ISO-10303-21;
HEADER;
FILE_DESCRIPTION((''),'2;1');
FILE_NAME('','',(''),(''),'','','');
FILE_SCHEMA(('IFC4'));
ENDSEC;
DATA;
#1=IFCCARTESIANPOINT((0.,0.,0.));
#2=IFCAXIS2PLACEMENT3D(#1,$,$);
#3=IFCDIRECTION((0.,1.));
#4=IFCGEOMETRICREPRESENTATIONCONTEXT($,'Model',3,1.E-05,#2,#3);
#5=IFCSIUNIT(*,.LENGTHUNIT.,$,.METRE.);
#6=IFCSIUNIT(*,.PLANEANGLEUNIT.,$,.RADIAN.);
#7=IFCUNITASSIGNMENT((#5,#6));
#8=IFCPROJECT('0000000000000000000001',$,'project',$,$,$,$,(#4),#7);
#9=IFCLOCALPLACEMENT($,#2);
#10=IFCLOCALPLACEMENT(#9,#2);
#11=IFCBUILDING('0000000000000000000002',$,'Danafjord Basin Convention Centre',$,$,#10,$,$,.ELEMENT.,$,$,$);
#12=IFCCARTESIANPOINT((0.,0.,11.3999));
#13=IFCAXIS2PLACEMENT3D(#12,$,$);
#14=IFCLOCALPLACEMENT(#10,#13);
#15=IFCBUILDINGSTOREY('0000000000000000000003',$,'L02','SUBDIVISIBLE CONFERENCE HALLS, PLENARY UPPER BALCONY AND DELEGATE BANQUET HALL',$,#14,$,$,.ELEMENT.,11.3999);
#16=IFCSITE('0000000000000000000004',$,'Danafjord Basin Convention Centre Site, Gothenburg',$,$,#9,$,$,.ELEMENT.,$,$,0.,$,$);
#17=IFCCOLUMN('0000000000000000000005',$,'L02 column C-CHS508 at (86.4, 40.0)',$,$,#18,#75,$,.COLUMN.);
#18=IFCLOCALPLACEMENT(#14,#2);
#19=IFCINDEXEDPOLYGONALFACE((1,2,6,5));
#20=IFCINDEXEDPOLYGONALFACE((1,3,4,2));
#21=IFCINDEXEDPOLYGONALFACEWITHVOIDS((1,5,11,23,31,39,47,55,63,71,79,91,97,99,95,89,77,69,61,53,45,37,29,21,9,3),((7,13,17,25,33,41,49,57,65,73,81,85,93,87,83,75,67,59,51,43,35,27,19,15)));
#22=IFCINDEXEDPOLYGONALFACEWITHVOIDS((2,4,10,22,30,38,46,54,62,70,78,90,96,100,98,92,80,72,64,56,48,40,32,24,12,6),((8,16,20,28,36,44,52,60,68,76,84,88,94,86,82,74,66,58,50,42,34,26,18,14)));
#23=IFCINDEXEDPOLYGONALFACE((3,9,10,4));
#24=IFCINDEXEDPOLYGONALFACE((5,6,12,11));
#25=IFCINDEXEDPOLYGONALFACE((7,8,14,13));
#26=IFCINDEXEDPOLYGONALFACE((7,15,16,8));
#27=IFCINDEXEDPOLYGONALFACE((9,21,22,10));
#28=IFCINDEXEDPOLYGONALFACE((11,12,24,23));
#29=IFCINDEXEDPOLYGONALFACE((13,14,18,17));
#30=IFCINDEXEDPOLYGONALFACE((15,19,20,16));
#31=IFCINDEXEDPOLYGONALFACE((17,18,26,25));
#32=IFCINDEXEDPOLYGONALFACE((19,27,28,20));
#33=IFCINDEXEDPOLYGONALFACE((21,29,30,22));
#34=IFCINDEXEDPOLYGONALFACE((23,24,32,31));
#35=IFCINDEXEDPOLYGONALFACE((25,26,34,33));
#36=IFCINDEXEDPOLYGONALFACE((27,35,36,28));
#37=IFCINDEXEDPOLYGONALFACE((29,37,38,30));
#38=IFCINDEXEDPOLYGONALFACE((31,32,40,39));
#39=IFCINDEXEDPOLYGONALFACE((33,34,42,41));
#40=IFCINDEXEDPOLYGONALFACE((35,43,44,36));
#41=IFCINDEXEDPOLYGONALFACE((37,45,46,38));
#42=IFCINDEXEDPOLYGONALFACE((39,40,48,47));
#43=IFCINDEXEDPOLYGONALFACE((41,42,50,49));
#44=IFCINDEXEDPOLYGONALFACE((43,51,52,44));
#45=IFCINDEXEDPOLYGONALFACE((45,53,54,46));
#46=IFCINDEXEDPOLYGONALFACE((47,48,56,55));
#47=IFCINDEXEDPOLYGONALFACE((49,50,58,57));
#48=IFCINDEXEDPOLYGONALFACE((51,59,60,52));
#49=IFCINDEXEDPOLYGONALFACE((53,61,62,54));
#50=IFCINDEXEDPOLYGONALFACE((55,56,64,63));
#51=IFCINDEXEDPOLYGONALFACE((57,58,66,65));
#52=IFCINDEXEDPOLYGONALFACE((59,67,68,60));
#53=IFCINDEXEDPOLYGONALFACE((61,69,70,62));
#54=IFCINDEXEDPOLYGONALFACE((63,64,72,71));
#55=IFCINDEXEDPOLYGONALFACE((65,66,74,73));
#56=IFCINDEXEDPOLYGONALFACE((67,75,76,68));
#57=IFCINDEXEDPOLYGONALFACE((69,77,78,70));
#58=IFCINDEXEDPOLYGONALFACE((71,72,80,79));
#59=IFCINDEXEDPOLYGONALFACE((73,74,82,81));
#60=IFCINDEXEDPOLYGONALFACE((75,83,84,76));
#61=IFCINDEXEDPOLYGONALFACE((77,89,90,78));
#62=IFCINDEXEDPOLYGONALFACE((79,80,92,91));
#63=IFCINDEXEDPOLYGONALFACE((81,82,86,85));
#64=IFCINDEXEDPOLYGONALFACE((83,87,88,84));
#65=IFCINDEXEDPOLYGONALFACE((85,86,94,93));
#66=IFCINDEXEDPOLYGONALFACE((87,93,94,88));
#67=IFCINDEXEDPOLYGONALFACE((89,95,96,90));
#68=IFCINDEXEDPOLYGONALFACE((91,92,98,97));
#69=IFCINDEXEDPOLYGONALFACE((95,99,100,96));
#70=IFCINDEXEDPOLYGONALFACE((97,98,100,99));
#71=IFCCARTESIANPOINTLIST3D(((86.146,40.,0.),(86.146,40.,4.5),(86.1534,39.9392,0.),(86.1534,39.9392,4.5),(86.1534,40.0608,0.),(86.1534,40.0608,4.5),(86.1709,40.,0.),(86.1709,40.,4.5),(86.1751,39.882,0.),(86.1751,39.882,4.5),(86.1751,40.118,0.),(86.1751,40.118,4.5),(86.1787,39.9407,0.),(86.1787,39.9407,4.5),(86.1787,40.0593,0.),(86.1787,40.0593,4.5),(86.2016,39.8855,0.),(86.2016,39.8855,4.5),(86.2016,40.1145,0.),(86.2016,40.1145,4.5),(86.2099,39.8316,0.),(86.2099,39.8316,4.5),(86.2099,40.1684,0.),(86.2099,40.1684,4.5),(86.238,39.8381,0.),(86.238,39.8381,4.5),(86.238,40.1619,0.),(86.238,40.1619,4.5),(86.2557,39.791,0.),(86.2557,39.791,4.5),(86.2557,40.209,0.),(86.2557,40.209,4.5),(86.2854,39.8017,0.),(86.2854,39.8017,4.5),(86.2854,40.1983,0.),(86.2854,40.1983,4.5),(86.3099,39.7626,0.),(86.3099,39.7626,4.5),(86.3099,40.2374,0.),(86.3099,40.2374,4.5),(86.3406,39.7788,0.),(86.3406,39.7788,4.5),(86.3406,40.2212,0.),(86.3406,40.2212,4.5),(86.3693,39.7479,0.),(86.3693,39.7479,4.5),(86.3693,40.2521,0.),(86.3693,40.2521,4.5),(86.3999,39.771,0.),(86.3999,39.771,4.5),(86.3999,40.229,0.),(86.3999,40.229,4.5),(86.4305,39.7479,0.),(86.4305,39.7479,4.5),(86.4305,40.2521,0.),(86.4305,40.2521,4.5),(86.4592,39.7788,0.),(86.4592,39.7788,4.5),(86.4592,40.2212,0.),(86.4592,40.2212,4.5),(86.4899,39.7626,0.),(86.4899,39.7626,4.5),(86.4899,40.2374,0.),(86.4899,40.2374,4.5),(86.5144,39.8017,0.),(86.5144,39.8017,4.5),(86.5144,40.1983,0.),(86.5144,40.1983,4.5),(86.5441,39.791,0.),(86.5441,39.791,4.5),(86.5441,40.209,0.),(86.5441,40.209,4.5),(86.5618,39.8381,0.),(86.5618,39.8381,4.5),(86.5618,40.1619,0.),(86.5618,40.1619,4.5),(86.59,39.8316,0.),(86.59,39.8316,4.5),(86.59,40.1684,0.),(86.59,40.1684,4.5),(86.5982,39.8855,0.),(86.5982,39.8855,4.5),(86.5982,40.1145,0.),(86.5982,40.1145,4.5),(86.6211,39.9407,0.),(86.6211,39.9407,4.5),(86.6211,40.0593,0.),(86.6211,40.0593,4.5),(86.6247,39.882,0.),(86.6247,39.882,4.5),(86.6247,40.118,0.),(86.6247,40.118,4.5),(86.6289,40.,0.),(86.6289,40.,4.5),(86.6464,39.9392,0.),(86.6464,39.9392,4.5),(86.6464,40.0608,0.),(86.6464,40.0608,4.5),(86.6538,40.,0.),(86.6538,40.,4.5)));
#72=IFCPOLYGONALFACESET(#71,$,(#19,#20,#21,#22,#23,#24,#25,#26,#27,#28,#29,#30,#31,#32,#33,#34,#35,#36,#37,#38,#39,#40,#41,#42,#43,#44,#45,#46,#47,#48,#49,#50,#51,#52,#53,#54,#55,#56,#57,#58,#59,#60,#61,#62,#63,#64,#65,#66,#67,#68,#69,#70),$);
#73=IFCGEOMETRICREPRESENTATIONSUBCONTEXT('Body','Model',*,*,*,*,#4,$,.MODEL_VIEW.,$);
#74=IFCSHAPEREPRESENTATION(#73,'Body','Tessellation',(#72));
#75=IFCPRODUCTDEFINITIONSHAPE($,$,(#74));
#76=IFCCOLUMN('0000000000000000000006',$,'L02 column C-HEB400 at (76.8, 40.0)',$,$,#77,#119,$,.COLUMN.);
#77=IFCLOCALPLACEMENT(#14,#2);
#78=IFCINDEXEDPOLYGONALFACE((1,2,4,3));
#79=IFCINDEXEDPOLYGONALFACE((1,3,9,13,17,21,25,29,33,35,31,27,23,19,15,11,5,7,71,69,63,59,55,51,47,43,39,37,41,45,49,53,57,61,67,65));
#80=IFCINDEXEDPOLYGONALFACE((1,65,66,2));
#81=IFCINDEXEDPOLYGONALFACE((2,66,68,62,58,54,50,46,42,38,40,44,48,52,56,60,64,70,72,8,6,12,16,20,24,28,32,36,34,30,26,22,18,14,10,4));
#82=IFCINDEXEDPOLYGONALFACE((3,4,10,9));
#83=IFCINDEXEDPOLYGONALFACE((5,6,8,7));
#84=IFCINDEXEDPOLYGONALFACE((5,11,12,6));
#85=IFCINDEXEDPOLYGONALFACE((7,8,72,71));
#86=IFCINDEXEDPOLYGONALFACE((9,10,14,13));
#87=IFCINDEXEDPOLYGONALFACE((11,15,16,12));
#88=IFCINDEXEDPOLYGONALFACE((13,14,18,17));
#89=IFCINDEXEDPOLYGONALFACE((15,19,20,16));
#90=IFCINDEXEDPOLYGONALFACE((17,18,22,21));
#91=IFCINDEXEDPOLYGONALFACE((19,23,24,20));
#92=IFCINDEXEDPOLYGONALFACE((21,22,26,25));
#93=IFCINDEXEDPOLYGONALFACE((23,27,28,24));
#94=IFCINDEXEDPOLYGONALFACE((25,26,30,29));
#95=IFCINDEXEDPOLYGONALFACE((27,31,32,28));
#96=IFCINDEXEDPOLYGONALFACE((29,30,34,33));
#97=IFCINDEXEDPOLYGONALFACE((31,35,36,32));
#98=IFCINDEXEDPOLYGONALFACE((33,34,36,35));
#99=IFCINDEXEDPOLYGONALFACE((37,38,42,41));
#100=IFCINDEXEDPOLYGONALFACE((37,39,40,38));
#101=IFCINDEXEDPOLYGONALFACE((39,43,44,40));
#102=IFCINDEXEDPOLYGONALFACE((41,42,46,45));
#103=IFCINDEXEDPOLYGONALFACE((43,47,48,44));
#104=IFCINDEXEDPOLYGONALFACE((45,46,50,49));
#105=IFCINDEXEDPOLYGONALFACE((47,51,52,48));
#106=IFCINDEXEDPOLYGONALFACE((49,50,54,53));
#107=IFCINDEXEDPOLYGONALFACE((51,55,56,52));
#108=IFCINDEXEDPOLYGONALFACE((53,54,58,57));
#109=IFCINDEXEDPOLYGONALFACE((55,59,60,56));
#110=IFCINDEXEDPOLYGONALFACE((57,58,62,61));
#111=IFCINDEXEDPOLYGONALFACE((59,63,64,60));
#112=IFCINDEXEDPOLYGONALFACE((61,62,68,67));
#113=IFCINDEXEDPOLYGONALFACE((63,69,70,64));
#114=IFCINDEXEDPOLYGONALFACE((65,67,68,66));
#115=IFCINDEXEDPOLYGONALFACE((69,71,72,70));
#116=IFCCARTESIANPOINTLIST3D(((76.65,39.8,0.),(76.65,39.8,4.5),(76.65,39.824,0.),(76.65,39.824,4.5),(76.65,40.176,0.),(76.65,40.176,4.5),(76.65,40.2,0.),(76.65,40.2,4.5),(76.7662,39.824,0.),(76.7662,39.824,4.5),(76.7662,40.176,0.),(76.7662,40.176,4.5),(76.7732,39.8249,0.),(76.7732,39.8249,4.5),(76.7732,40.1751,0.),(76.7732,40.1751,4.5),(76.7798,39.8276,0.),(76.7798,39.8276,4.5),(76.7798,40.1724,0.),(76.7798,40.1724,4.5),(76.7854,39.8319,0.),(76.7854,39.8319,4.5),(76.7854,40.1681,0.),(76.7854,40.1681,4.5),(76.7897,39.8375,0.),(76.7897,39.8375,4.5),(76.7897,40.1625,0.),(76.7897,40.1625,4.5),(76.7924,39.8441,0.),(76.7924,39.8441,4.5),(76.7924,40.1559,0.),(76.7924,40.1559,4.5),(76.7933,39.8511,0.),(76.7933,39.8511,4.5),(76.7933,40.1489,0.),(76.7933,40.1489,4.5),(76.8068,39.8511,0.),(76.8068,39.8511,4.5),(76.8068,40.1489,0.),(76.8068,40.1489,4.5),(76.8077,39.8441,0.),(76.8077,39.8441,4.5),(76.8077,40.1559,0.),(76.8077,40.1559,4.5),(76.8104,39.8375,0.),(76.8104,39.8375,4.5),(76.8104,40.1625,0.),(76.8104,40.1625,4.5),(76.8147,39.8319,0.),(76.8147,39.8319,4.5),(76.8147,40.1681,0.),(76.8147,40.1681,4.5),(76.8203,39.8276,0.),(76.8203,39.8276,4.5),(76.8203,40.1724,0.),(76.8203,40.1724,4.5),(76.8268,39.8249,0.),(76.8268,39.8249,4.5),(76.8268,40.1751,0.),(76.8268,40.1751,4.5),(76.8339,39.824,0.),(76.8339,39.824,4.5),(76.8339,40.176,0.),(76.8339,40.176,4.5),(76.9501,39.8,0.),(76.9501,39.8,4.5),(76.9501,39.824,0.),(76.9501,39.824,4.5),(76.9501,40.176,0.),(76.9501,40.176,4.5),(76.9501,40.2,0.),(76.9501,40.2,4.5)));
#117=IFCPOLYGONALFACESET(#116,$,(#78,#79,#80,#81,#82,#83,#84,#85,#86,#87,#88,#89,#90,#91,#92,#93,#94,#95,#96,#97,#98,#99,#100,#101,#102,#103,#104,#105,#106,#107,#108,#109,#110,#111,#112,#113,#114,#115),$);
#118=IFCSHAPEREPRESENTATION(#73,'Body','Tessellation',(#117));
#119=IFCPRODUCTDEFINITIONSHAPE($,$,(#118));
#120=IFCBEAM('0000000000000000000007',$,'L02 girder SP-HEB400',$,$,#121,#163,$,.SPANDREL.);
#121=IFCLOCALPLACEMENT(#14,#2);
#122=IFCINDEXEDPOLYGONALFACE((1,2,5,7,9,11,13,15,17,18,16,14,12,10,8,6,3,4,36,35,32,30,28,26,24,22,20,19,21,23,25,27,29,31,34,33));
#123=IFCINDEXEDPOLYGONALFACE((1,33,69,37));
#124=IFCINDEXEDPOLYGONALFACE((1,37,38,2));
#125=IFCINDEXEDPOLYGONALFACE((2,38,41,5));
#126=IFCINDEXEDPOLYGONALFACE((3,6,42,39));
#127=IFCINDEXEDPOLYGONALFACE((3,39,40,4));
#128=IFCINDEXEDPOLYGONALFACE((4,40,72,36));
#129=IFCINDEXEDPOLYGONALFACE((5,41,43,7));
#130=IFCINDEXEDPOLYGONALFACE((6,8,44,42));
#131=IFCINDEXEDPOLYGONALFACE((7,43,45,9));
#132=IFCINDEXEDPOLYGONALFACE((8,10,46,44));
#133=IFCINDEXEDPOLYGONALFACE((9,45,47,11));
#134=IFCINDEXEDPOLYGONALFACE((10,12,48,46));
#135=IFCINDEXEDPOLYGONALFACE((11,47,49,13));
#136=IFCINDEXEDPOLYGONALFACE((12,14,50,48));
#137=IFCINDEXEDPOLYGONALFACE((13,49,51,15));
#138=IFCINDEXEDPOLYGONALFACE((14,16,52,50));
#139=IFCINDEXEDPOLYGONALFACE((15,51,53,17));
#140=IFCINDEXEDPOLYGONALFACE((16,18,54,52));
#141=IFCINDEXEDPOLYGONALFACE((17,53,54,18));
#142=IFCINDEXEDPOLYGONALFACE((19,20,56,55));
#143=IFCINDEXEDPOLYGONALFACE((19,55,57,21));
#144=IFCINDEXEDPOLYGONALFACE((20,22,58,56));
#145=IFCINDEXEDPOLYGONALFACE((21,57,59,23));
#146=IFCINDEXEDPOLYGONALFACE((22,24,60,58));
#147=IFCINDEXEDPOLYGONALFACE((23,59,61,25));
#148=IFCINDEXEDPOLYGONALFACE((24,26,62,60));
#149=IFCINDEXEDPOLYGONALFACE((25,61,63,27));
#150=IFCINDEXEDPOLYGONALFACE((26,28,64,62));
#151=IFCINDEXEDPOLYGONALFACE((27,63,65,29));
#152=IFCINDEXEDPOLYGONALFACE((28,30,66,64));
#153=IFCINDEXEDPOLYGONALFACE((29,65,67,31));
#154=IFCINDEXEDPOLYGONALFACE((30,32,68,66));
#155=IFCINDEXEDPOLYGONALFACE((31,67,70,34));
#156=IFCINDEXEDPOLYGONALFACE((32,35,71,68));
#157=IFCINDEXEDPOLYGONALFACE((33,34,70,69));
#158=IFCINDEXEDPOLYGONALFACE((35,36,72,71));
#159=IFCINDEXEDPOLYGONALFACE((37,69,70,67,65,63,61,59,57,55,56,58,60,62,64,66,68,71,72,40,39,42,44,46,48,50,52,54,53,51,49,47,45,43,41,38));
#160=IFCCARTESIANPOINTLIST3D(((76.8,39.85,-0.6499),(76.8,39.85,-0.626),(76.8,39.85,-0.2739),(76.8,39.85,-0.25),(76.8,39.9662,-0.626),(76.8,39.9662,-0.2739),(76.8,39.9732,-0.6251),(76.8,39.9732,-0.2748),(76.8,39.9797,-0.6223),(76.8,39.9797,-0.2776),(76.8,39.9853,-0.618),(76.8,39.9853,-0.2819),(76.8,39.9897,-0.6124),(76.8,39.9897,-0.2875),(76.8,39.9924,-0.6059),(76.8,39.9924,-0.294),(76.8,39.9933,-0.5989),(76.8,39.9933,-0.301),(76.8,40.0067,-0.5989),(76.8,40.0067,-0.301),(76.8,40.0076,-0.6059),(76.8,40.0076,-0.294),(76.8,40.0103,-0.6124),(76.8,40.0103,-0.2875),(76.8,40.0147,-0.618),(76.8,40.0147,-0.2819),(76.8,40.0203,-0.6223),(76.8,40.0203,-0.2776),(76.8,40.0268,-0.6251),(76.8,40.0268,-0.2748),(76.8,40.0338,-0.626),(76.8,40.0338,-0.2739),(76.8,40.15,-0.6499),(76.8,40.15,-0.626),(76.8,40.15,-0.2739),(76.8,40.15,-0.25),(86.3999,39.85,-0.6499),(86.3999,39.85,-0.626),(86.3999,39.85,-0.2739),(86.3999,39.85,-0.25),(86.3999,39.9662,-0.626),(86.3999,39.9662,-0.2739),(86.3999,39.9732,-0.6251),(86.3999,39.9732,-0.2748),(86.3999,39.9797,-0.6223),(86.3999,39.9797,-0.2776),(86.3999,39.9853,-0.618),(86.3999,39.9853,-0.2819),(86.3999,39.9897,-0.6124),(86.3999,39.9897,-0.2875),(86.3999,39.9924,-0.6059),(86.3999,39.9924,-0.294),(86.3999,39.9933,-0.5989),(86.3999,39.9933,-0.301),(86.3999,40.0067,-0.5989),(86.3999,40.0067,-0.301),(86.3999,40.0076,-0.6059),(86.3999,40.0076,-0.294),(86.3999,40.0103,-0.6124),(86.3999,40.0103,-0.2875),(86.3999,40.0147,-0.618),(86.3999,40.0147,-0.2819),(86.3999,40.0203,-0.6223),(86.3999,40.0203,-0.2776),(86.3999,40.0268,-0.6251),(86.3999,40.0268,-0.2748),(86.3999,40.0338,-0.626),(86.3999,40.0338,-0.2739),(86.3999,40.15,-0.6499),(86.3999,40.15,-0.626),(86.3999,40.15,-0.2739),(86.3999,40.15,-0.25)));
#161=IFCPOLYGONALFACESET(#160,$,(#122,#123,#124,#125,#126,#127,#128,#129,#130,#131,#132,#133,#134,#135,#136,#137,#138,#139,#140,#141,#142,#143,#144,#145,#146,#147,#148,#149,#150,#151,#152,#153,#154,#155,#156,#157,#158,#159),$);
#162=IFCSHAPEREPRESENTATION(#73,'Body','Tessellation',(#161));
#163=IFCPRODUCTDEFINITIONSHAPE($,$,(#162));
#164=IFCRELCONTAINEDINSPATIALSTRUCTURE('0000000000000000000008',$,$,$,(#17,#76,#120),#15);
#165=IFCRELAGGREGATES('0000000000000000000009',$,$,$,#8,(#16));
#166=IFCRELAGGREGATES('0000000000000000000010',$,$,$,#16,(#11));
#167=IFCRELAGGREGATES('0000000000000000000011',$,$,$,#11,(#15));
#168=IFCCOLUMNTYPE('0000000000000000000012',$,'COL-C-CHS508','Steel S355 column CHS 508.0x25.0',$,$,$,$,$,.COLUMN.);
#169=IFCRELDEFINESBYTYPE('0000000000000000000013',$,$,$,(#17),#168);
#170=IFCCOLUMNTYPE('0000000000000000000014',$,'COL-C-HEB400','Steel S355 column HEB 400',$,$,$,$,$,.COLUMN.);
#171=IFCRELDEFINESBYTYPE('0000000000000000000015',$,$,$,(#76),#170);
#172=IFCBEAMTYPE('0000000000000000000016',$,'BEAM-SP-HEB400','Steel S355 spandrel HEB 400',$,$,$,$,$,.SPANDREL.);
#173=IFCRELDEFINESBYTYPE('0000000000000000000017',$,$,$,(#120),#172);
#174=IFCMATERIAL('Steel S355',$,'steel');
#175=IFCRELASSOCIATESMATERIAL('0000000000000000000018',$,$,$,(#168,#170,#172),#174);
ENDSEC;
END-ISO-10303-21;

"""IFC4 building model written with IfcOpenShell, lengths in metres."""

from ifc_helpers import new_model, si_unit, direction, frame, origin, origin_2d, place, context, subcontext, project, spatial, hollow_circle, i_section, extrude, material, material_profile, profile_set, type_object, element, save


model = new_model("IFC4")

# Units and contexts
model_context = context("Model", 3, precision=1e-05, world=origin(), true_north=direction((0.0, 1.0)))
body_context = subcontext(model_context, "Body", "Model", "MODEL_VIEW")
ifc_project = project(units=[si_unit("LENGTHUNIT", "METRE"), si_unit("PLANEANGLEUNIT", "RADIAN")], contexts=[model_context])

# Site, building, storey
site_placement = place(None, origin())
site = spatial("IfcSite", under=ifc_project, at=site_placement, Name="Danafjord Basin Convention Centre Site, Gothenburg", CompositionType="ELEMENT", RefElevation=0.0)
building_placement = place(site_placement, origin())
building = spatial("IfcBuilding", under=site, at=building_placement, Name="Danafjord Basin Convention Centre", CompositionType="ELEMENT")
storey_placement = place(building_placement, frame((0.0, 0.0, 11.3999)))
storey = spatial("IfcBuildingStorey", under=building, at=storey_placement, Name="L02", Description="SUBDIVISIBLE CONFERENCE HALLS, PLENARY UPPER BALCONY AND DELEGATE BANQUET HALL", CompositionType="ELEMENT", Elevation=11.3999)

# Columns
ifc_material_1 = material(Name="Steel S355", Category="steel")
ifc_material_profile_1 = material_profile(ifc_material_1, hollow_circle(Radius=0.2539, WallThickness=0.0249, at=origin_2d()), Name="CHS 508.0x25.0")
ifc_profile_set_1 = profile_set([ifc_material_profile_1], Name="Steel S355")
column_type_1 = type_object("IfcColumnType", Name="COL-C-CHS508", Description="Steel S355 column CHS 508.0x25.0", PredefinedType="COLUMN", material=ifc_profile_set_1)
column_1_placement = place(storey_placement, frame((86.3999, 40.0, 0.0), z_axis=(0.0, 0.0, 1.0), x_axis=(1.0, 0.0, 0.0)))
element("IfcColumn", 1, at=column_1_placement, inside=storey, type_object=column_type_1, Name="L02 column C-CHS508 at (86.4, 40.0)", PredefinedType="COLUMN", context=body_context, shape_type="SweptSolid", body=[
    extrude(hollow_circle(Radius=0.2539, WallThickness=0.0249, at=origin_2d()), origin(), (0.0, 0.0, 1.0), 4.5),
])
ifc_material_profile_2 = material_profile(ifc_material_1, i_section(OverallWidth=0.3, OverallDepth=0.3999, WebThickness=0.0134, FlangeThickness=0.0239, FilletRadius=0.0271, at=origin_2d()), Name="HEB 400")
ifc_profile_set_2 = profile_set([ifc_material_profile_2], Name="Steel S355")
column_type_2 = type_object("IfcColumnType", Name="COL-C-HEB400", Description="Steel S355 column HEB 400", PredefinedType="COLUMN", material=ifc_profile_set_2)
column_2_placement = place(storey_placement, frame((76.8, 40.0, 0.0), z_axis=(0.0, 0.0, 1.0), x_axis=(1.0, 0.0, 0.0)))
element("IfcColumn", 2, at=column_2_placement, inside=storey, type_object=column_type_2, Name="L02 column C-HEB400 at (76.8, 40.0)", PredefinedType="COLUMN", context=body_context, shape_type="SweptSolid", body=[
    extrude(i_section(OverallWidth=0.3, OverallDepth=0.3999, WebThickness=0.0134, FlangeThickness=0.0239, FilletRadius=0.0271, at=origin_2d()), origin(), (0.0, 0.0, 1.0), 4.5),
])

# Beam
ifc_material_profile_3 = material_profile(ifc_material_1, i_section(OverallWidth=0.3, OverallDepth=0.3999, WebThickness=0.0134, FlangeThickness=0.0239, FilletRadius=0.0271, at=origin_2d()), Name="HEB 400")
ifc_profile_set_3 = profile_set([ifc_material_profile_3], Name="Steel S355")
beam_type_1 = type_object("IfcBeamType", Name="BEAM-SP-HEB400", Description="Steel S355 spandrel HEB 400", PredefinedType="SPANDREL", material=ifc_profile_set_3)
beam_1_placement = place(storey_placement, frame((76.8, 40.0, -0.45), z_axis=(1.0, 0.0, 0.0), x_axis=(0.0, 1.0, 0.0)))
element("IfcBeam", 3, at=beam_1_placement, inside=storey, type_object=beam_type_1, Name="L02 girder SP-HEB400", PredefinedType="SPANDREL", context=body_context, shape_type="SweptSolid", body=[
    extrude(i_section(OverallWidth=0.3, OverallDepth=0.3999, WebThickness=0.0134, FlangeThickness=0.0239, FilletRadius=0.0271, at=origin_2d()), origin(), (0.0, 0.0, 1.0), 9.5999),
])

save(model, "model.ifc")
